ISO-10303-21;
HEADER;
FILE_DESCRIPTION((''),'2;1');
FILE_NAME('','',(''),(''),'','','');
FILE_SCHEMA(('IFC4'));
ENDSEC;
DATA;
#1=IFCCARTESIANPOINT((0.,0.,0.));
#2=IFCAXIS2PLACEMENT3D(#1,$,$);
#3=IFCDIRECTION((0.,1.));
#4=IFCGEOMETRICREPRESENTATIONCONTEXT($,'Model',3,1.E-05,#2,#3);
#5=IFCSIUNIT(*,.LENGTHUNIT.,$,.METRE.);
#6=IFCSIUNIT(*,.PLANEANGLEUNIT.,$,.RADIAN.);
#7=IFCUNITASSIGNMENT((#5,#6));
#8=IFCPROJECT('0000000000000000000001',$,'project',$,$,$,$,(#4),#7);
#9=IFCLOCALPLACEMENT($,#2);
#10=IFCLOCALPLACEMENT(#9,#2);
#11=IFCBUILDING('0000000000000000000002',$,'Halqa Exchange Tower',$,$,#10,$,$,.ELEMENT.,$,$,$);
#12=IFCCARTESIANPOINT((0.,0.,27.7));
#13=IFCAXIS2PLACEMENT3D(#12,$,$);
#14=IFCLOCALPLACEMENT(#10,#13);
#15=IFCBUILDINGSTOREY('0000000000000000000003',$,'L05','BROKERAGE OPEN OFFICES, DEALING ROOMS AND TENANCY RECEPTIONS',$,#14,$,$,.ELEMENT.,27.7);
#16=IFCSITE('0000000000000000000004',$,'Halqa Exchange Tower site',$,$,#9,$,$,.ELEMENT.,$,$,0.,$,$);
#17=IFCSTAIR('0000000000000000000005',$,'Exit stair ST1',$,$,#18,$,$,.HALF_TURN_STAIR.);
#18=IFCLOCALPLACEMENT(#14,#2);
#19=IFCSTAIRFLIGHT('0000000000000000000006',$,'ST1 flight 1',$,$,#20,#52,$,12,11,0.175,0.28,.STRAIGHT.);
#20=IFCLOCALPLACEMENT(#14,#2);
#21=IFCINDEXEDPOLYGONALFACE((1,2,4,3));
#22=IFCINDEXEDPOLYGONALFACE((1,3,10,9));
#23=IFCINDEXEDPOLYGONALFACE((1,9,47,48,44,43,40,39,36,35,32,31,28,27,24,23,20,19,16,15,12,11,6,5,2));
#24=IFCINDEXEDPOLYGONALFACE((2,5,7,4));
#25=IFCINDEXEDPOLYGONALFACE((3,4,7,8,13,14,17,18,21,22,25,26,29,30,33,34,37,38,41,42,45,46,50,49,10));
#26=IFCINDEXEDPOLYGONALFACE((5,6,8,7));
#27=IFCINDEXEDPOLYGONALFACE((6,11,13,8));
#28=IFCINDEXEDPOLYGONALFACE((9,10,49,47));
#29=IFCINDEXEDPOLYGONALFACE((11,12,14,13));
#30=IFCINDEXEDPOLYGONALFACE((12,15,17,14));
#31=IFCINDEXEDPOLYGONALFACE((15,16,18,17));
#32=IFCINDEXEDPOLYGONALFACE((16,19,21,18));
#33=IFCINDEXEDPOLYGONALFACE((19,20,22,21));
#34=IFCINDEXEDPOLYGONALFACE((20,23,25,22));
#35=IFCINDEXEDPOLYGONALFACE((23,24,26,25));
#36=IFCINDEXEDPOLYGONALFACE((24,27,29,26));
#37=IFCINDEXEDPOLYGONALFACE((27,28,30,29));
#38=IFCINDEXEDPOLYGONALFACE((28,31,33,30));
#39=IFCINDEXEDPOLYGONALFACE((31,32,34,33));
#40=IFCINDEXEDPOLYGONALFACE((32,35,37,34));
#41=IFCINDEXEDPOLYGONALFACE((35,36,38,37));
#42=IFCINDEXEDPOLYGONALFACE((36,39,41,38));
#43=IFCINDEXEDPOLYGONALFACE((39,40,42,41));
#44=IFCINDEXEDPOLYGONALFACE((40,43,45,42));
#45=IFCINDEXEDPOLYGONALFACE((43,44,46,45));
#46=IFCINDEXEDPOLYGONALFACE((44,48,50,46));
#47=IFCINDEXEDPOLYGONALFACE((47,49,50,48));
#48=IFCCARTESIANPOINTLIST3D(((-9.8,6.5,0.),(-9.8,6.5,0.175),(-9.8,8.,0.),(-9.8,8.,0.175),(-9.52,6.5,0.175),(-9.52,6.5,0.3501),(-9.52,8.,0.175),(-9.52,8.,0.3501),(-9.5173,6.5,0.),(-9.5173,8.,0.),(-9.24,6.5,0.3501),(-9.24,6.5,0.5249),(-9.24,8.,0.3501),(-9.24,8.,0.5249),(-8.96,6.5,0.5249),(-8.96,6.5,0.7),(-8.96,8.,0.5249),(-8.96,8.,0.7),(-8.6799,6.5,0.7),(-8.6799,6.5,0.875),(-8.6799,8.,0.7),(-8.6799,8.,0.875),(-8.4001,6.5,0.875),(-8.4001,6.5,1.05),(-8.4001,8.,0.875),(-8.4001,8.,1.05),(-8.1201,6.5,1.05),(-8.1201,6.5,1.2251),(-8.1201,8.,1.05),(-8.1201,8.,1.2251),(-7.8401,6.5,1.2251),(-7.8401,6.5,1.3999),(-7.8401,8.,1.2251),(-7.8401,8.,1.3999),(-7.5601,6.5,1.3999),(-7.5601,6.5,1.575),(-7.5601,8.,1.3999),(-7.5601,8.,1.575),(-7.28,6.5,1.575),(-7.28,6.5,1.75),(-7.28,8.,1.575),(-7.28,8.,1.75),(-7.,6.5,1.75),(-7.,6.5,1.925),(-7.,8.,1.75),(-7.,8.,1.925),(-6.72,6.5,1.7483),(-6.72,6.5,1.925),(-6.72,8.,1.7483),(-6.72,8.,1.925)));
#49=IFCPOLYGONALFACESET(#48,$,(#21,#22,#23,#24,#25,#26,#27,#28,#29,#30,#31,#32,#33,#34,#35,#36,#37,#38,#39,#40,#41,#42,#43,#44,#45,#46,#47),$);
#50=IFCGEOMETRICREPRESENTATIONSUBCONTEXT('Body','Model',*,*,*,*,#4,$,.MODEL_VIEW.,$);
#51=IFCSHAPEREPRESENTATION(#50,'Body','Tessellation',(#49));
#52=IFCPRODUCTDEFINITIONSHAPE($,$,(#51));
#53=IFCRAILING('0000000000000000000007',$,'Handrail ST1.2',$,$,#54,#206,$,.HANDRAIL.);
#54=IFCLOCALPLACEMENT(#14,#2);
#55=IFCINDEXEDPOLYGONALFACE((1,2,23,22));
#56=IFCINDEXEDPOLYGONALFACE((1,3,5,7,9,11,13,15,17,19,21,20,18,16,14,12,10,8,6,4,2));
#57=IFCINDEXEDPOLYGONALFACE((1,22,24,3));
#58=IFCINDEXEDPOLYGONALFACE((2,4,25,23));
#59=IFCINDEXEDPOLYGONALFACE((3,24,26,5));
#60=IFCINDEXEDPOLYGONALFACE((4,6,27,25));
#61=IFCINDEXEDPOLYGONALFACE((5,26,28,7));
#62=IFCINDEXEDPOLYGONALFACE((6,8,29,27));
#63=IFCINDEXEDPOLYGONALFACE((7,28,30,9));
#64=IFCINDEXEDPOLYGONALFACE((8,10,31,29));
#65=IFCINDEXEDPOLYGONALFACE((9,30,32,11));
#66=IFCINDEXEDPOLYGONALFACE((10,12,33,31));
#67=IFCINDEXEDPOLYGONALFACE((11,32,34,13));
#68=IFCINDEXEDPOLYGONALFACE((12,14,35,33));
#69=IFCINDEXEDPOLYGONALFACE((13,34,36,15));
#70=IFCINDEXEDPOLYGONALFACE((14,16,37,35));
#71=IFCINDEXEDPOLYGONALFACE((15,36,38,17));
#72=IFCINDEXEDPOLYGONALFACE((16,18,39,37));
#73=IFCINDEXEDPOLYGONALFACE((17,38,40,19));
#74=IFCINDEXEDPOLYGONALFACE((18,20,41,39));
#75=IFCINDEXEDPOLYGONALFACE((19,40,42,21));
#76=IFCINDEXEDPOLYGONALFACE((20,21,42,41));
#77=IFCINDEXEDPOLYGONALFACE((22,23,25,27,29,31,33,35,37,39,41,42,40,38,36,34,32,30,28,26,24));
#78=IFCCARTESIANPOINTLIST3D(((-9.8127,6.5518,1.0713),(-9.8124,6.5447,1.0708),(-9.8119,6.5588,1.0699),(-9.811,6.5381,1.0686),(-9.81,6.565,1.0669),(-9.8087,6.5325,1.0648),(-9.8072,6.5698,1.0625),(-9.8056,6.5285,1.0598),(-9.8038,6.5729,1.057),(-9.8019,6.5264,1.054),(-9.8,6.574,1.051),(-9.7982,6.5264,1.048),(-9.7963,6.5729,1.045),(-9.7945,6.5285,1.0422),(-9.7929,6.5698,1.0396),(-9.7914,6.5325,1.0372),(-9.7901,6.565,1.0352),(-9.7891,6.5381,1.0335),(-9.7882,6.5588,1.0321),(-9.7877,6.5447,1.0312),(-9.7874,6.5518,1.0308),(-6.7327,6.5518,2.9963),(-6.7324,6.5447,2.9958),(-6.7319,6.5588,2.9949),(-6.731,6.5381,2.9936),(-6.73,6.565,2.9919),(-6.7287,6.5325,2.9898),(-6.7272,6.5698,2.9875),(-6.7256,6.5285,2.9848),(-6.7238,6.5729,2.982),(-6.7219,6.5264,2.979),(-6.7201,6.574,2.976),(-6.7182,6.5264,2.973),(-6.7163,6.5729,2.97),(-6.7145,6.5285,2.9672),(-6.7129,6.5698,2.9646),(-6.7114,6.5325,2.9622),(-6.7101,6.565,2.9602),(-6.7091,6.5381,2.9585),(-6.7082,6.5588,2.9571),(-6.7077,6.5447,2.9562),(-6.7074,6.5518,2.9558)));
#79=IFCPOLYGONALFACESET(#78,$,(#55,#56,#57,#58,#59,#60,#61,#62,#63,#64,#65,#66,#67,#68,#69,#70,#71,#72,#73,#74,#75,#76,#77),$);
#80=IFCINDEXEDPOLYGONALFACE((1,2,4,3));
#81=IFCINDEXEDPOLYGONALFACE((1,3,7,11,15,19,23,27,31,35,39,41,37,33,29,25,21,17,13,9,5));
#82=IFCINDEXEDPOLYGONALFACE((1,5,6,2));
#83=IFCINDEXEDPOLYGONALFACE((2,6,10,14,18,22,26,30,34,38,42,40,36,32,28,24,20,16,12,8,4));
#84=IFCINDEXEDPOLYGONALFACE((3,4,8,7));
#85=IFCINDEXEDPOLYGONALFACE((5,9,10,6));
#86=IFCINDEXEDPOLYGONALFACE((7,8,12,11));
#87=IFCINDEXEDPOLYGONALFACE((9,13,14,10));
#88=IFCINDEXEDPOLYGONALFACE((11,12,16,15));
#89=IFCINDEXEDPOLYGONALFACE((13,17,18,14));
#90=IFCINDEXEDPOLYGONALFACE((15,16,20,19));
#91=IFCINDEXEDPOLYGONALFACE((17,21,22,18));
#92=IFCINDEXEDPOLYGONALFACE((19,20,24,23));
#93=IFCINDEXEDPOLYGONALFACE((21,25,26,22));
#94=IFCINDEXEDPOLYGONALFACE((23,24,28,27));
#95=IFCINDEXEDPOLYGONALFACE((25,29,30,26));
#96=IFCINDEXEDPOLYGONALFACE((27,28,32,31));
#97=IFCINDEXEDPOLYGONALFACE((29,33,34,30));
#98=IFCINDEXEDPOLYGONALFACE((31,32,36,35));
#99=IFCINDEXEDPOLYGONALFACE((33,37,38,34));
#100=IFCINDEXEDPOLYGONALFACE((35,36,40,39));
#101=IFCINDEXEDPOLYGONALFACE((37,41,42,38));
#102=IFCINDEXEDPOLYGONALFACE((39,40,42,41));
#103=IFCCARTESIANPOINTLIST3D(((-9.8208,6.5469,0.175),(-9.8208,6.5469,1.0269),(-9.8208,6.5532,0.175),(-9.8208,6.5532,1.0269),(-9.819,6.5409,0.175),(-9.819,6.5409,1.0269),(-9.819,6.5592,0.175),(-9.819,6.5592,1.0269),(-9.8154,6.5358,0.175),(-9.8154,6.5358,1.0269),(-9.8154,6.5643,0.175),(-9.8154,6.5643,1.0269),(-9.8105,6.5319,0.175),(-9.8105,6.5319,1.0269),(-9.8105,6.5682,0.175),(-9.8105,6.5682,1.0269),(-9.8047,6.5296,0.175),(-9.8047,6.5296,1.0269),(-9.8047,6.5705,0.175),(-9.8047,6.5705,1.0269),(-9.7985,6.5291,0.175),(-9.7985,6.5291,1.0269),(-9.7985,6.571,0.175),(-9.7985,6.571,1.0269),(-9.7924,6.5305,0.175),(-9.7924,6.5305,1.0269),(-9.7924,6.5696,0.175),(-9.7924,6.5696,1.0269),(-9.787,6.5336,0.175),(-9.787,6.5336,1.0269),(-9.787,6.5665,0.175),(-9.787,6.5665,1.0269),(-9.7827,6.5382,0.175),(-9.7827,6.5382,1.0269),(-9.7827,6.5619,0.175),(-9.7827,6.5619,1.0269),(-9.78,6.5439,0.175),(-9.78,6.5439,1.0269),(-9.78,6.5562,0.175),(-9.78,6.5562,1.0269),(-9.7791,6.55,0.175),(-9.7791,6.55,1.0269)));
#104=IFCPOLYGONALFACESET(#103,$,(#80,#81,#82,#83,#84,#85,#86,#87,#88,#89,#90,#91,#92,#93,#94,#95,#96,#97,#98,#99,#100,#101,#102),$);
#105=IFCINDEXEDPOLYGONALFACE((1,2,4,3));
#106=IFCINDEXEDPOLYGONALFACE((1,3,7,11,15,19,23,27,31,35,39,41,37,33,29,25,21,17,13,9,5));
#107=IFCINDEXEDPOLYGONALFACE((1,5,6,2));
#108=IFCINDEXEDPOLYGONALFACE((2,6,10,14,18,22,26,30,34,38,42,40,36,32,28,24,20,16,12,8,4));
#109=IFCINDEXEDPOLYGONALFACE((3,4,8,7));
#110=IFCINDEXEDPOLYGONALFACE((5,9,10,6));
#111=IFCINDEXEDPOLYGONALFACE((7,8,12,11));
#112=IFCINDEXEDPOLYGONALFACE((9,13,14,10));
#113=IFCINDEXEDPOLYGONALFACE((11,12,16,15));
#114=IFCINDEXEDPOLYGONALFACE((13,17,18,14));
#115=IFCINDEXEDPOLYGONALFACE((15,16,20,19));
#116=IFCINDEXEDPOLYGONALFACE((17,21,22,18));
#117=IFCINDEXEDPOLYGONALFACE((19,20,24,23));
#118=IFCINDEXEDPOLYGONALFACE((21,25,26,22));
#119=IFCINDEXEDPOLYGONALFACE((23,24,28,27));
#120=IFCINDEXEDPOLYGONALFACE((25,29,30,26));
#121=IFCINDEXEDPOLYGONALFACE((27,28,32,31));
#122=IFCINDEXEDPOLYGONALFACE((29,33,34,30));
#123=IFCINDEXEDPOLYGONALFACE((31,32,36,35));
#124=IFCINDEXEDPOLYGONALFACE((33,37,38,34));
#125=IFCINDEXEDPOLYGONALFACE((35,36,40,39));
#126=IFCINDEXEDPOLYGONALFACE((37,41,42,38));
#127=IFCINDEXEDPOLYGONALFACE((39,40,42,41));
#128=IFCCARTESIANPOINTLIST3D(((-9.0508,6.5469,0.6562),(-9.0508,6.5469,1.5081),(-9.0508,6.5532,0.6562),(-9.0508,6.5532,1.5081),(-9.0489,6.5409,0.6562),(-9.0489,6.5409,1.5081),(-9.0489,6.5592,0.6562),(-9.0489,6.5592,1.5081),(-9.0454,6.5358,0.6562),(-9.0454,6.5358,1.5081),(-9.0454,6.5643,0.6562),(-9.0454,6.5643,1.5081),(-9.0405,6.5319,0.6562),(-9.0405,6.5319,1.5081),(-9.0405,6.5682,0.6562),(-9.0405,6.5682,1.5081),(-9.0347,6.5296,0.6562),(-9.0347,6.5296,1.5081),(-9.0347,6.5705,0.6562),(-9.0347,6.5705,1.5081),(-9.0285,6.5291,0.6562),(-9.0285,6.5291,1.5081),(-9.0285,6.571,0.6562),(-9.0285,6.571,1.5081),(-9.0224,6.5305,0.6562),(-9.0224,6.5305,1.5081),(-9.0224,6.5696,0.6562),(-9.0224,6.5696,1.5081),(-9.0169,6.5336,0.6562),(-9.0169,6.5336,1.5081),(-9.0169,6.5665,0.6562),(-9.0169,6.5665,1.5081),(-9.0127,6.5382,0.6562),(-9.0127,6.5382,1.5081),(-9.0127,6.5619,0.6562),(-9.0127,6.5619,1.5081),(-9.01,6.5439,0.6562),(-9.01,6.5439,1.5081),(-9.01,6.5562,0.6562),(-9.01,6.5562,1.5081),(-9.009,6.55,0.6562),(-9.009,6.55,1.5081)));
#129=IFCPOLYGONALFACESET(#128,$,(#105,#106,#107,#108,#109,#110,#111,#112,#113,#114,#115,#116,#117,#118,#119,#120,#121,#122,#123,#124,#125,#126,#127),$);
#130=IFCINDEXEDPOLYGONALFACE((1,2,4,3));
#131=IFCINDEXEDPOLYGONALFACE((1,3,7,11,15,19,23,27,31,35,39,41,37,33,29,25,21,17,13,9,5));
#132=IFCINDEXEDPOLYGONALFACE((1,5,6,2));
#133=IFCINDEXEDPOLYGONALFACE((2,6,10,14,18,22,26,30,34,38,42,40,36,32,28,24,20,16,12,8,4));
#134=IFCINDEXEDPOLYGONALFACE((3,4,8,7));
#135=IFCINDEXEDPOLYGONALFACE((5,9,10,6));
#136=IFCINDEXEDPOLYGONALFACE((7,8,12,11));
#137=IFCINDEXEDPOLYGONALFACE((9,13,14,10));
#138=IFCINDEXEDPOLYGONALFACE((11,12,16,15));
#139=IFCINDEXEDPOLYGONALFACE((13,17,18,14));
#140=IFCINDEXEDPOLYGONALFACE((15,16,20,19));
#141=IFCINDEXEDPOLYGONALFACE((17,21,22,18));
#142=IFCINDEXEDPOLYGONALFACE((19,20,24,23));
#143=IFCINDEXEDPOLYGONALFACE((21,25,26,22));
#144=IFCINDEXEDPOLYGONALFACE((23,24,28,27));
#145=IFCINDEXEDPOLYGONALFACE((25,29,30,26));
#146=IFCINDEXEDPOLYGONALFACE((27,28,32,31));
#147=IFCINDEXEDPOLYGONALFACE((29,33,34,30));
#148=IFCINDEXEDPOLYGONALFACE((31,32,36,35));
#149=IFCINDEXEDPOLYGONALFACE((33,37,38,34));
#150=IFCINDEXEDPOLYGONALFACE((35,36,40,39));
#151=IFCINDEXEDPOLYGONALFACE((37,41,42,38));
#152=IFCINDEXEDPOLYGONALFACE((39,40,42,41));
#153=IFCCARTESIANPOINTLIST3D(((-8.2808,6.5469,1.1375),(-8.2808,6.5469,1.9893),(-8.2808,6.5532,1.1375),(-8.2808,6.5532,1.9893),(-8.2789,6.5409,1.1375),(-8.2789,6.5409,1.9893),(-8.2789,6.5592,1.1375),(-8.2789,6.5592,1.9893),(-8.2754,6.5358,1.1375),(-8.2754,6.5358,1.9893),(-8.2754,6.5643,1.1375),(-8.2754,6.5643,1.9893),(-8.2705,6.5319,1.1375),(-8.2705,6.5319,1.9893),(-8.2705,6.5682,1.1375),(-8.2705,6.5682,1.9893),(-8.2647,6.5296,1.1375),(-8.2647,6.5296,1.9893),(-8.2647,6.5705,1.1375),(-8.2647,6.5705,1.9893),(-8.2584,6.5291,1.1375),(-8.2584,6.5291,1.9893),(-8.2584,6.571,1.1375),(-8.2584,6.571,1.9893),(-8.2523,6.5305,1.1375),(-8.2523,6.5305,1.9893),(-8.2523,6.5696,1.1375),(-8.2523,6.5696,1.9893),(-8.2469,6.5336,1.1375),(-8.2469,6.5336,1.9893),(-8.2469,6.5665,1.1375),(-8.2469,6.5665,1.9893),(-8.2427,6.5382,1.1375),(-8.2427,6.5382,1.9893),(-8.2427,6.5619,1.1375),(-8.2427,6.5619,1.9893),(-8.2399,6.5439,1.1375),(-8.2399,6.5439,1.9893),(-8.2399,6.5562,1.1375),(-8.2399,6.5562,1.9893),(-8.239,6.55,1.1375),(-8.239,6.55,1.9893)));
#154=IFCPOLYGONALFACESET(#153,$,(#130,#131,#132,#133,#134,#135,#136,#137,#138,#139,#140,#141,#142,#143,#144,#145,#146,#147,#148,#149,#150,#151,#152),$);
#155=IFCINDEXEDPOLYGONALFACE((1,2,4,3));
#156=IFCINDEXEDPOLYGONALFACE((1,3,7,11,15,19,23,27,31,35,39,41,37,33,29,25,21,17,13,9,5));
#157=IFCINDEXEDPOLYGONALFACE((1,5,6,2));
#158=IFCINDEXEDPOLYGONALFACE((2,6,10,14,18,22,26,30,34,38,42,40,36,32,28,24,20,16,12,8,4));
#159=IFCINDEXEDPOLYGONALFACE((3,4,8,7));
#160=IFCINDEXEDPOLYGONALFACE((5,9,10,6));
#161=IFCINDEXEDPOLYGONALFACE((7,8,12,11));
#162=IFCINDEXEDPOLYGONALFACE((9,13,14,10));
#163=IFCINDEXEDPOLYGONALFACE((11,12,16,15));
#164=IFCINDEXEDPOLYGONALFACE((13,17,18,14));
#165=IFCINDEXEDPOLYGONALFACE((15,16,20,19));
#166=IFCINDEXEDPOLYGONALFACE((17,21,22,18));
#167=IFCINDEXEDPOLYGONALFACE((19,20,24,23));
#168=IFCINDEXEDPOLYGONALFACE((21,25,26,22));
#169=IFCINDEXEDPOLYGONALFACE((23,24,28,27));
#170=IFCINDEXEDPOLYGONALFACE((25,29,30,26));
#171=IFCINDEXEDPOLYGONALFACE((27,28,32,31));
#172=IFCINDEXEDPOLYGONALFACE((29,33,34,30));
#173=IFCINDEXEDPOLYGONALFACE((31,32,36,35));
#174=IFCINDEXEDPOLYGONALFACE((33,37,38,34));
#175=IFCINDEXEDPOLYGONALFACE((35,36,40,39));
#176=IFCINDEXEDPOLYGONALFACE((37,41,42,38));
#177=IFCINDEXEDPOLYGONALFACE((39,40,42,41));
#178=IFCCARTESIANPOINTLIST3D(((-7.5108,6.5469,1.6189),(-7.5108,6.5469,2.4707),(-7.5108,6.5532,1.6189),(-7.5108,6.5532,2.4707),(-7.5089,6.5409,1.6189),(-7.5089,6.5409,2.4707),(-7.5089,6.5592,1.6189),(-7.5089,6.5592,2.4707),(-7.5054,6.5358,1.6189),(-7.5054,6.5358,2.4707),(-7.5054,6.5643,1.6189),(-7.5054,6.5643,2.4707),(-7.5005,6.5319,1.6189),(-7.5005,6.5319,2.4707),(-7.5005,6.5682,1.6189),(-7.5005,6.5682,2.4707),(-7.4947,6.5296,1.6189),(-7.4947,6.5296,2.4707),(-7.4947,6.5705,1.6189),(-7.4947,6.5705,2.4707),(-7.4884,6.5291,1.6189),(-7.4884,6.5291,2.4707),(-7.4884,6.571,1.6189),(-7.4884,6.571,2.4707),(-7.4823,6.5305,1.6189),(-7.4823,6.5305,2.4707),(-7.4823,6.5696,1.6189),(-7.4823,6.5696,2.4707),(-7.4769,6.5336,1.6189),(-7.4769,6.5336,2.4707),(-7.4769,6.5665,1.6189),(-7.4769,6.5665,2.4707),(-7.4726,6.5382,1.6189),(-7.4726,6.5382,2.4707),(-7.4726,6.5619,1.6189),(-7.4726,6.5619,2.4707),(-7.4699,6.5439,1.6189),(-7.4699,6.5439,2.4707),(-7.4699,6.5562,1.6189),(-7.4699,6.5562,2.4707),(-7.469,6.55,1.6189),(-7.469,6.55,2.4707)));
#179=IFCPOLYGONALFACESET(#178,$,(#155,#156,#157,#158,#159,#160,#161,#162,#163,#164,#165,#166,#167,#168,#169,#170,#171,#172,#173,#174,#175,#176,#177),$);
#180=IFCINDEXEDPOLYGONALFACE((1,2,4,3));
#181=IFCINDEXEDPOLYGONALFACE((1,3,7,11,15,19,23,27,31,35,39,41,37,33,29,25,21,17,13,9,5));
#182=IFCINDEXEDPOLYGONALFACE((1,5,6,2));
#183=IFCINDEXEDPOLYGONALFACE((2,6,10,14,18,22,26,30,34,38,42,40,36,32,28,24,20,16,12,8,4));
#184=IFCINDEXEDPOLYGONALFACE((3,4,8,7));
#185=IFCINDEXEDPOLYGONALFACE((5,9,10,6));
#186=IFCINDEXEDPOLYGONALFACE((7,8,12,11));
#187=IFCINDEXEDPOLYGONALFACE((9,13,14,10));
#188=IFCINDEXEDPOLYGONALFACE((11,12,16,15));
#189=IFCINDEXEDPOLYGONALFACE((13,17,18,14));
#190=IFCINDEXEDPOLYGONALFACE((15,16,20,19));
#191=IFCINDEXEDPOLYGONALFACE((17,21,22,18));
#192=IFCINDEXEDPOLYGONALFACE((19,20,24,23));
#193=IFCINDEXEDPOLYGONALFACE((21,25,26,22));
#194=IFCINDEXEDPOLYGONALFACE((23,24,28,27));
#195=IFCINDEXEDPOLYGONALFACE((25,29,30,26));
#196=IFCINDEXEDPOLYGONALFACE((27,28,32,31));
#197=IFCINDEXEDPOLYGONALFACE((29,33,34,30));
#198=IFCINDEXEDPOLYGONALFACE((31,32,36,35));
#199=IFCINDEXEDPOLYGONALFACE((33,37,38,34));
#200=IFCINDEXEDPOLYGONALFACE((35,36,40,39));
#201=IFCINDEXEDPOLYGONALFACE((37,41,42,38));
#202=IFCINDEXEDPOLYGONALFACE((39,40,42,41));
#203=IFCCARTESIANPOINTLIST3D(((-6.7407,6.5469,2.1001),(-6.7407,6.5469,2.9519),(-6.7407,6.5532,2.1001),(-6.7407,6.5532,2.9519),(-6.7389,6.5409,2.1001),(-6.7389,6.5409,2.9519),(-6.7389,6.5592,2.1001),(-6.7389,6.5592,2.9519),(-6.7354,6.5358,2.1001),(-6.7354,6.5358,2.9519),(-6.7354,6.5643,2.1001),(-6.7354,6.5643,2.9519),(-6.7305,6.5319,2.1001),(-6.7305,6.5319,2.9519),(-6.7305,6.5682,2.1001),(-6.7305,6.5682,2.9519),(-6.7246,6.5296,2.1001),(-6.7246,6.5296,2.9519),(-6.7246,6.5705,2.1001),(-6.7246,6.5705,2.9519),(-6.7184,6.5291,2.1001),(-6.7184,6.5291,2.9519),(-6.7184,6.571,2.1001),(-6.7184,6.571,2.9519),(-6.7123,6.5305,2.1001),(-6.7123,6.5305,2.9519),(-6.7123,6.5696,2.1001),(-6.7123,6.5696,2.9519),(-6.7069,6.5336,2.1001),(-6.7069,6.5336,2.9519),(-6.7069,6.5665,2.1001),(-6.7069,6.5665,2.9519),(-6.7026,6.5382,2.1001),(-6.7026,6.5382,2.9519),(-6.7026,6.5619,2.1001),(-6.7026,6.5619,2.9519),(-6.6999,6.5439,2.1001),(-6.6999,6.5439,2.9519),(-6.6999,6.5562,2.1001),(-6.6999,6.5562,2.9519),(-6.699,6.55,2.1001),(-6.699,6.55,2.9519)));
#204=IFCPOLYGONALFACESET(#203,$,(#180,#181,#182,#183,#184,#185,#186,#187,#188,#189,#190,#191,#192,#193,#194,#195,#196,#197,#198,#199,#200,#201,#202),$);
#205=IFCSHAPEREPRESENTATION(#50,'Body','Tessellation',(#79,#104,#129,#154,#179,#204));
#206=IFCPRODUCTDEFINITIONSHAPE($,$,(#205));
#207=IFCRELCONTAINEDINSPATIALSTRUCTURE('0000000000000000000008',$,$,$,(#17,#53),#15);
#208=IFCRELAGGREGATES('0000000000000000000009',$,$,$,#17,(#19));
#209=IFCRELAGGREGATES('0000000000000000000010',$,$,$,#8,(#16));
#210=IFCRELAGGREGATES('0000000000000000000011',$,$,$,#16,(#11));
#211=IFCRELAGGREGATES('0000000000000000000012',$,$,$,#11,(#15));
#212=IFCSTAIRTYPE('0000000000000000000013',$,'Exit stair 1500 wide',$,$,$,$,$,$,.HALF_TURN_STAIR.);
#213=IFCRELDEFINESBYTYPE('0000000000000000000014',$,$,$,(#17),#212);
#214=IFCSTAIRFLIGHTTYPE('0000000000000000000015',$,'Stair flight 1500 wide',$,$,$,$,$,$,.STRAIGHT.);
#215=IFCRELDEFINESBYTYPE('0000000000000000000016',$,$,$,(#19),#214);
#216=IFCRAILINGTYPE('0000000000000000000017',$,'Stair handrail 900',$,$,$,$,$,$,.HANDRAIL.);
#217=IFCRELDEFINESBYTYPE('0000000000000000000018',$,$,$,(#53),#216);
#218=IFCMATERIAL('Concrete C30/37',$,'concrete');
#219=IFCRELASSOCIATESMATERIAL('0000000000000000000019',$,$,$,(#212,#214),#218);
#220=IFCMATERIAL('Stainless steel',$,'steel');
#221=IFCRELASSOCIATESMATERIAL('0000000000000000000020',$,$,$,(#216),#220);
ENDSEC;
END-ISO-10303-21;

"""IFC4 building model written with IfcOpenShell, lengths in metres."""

from ifc_helpers import new_model, si_unit, direction, frame, origin, origin_2d, place, context, subcontext, project, spatial, polyline, circle, outline, extrude, material, type_object, element, aggregate, save


model = new_model("IFC4")

# Units and contexts
model_context = context("Model", 3, precision=1e-05, world=origin(), true_north=direction((0.0, 1.0)))
body_context = subcontext(model_context, "Body", "Model", "MODEL_VIEW")
ifc_project = project(units=[si_unit("LENGTHUNIT", "METRE"), si_unit("PLANEANGLEUNIT", "RADIAN")], contexts=[model_context])

# Site, building, storey
site_placement = place(None, origin())
site = spatial("IfcSite", under=ifc_project, at=site_placement, Name="Halqa Exchange Tower site", CompositionType="ELEMENT", RefElevation=0.0)
building_placement = place(site_placement, origin())
building = spatial("IfcBuilding", under=site, at=building_placement, Name="Halqa Exchange Tower", CompositionType="ELEMENT")
storey_placement = place(building_placement, frame((0.0, 0.0, 27.7)))
storey = spatial("IfcBuildingStorey", under=building, at=storey_placement, Name="L05", Description="BROKERAGE OPEN OFFICES, DEALING ROOMS AND TENANCY RECEPTIONS", CompositionType="ELEMENT", Elevation=27.7)

# Shared definitions
ifc_material_1 = material(Name="Stainless steel", Category="steel")

# Shared definitions
ifc_material_2 = material(Name="Concrete C30/37", Category="concrete")

# Stair, stair flight
stair_type = type_object("IfcStairType", Name="Exit stair 1500 wide", PredefinedType="HALF_TURN_STAIR", material=ifc_material_2)
stair_placement = place(storey_placement, origin())
stair = element("IfcStair", 1, at=stair_placement, inside=storey, type_object=stair_type, Name="Exit stair ST1", PredefinedType="HALF_TURN_STAIR")
stair_flight_type = type_object("IfcStairFlightType", Name="Stair flight 1500 wide", PredefinedType="STRAIGHT", material=ifc_material_2)
stair_flight_placement = place(storey_placement, frame((-9.8, 7.25, 0.0), z_axis=(0.0, 0.0, 1.0), x_axis=(1.0, 0.0, 0.0)))
stair_flight = element("IfcStairFlight", 2, at=stair_flight_placement, type_object=stair_flight_type, Name="ST1 flight 1", NumberOfRisers=12, NumberOfTreads=11, PredefinedType="STRAIGHT", RiserHeight=0.175, TreadLength=0.28, context=body_context, shape_type="SweptSolid", body=[
    extrude(outline(polyline([(0.0, 0.0), (0.0, 0.175), (0.28, 0.175), (0.28, 0.3501), (0.5601, 0.3501), (0.5601, 0.5249), (0.8401, 0.5249), (0.8401, 0.7), (1.1201, 0.7), (1.1201, 0.875), (1.3999, 0.875), (1.3999, 1.05), (1.6799, 1.05), (1.6799, 1.2251), (1.96, 1.2251), (1.96, 1.3999), (2.24, 1.3999), (2.24, 1.575), (2.52, 1.575), (2.52, 1.75), (2.8, 1.75), (2.8, 1.925), (3.0801, 1.925), (3.0801, 2.1001), (3.0801, 1.7483), (0.2827, 0.0), (0.0, 0.0)])), frame((0.0, 0.75, 0.0), z_axis=(0.0, -1.0, 0.0), x_axis=(1.0, 0.0, 0.0)), (0.0, 0.0, 1.0), 1.5),
])
aggregate(stair, [stair_flight])

# Railing
railing_type_1 = type_object("IfcRailingType", Name="Stair handrail 900", PredefinedType="HANDRAIL", material=ifc_material_1)
railing_1_placement = place(storey_placement, frame((-9.8, 6.55, 0.175)))
element("IfcRailing", 3, at=railing_1_placement, inside=storey, type_object=railing_type_1, Name="Handrail ST1.2", PredefinedType="HANDRAIL", context=body_context, shape_type="SweptSolid", body=[
    extrude(circle(Radius=0.0239, at=origin_2d()), frame((0.0, 0.0, 0.876), z_axis=(0.847998, 0.0, 0.529999), x_axis=(0.0, 1.0, 0.0)), (0.0, 0.0, 1.0), 3.6321),
    extrude(circle(Radius=0.021, at=origin_2d()), origin(), (0.0, 0.0, 1.0), 0.8518),
    extrude(circle(Radius=0.021, at=origin_2d()), frame((0.77, 0.0, 0.4812)), (0.0, 0.0, 1.0), 0.8518),
    extrude(circle(Radius=0.021, at=origin_2d()), frame((1.54, 0.0, 0.9624)), (0.0, 0.0, 1.0), 0.8518),
    extrude(circle(Radius=0.021, at=origin_2d()), frame((2.3101, 0.0, 1.4438)), (0.0, 0.0, 1.0), 0.8518),
    extrude(circle(Radius=0.021, at=origin_2d()), frame((3.0801, 0.0, 1.925)), (0.0, 0.0, 1.0), 0.8518),
])

save(model, "model.ifc")
